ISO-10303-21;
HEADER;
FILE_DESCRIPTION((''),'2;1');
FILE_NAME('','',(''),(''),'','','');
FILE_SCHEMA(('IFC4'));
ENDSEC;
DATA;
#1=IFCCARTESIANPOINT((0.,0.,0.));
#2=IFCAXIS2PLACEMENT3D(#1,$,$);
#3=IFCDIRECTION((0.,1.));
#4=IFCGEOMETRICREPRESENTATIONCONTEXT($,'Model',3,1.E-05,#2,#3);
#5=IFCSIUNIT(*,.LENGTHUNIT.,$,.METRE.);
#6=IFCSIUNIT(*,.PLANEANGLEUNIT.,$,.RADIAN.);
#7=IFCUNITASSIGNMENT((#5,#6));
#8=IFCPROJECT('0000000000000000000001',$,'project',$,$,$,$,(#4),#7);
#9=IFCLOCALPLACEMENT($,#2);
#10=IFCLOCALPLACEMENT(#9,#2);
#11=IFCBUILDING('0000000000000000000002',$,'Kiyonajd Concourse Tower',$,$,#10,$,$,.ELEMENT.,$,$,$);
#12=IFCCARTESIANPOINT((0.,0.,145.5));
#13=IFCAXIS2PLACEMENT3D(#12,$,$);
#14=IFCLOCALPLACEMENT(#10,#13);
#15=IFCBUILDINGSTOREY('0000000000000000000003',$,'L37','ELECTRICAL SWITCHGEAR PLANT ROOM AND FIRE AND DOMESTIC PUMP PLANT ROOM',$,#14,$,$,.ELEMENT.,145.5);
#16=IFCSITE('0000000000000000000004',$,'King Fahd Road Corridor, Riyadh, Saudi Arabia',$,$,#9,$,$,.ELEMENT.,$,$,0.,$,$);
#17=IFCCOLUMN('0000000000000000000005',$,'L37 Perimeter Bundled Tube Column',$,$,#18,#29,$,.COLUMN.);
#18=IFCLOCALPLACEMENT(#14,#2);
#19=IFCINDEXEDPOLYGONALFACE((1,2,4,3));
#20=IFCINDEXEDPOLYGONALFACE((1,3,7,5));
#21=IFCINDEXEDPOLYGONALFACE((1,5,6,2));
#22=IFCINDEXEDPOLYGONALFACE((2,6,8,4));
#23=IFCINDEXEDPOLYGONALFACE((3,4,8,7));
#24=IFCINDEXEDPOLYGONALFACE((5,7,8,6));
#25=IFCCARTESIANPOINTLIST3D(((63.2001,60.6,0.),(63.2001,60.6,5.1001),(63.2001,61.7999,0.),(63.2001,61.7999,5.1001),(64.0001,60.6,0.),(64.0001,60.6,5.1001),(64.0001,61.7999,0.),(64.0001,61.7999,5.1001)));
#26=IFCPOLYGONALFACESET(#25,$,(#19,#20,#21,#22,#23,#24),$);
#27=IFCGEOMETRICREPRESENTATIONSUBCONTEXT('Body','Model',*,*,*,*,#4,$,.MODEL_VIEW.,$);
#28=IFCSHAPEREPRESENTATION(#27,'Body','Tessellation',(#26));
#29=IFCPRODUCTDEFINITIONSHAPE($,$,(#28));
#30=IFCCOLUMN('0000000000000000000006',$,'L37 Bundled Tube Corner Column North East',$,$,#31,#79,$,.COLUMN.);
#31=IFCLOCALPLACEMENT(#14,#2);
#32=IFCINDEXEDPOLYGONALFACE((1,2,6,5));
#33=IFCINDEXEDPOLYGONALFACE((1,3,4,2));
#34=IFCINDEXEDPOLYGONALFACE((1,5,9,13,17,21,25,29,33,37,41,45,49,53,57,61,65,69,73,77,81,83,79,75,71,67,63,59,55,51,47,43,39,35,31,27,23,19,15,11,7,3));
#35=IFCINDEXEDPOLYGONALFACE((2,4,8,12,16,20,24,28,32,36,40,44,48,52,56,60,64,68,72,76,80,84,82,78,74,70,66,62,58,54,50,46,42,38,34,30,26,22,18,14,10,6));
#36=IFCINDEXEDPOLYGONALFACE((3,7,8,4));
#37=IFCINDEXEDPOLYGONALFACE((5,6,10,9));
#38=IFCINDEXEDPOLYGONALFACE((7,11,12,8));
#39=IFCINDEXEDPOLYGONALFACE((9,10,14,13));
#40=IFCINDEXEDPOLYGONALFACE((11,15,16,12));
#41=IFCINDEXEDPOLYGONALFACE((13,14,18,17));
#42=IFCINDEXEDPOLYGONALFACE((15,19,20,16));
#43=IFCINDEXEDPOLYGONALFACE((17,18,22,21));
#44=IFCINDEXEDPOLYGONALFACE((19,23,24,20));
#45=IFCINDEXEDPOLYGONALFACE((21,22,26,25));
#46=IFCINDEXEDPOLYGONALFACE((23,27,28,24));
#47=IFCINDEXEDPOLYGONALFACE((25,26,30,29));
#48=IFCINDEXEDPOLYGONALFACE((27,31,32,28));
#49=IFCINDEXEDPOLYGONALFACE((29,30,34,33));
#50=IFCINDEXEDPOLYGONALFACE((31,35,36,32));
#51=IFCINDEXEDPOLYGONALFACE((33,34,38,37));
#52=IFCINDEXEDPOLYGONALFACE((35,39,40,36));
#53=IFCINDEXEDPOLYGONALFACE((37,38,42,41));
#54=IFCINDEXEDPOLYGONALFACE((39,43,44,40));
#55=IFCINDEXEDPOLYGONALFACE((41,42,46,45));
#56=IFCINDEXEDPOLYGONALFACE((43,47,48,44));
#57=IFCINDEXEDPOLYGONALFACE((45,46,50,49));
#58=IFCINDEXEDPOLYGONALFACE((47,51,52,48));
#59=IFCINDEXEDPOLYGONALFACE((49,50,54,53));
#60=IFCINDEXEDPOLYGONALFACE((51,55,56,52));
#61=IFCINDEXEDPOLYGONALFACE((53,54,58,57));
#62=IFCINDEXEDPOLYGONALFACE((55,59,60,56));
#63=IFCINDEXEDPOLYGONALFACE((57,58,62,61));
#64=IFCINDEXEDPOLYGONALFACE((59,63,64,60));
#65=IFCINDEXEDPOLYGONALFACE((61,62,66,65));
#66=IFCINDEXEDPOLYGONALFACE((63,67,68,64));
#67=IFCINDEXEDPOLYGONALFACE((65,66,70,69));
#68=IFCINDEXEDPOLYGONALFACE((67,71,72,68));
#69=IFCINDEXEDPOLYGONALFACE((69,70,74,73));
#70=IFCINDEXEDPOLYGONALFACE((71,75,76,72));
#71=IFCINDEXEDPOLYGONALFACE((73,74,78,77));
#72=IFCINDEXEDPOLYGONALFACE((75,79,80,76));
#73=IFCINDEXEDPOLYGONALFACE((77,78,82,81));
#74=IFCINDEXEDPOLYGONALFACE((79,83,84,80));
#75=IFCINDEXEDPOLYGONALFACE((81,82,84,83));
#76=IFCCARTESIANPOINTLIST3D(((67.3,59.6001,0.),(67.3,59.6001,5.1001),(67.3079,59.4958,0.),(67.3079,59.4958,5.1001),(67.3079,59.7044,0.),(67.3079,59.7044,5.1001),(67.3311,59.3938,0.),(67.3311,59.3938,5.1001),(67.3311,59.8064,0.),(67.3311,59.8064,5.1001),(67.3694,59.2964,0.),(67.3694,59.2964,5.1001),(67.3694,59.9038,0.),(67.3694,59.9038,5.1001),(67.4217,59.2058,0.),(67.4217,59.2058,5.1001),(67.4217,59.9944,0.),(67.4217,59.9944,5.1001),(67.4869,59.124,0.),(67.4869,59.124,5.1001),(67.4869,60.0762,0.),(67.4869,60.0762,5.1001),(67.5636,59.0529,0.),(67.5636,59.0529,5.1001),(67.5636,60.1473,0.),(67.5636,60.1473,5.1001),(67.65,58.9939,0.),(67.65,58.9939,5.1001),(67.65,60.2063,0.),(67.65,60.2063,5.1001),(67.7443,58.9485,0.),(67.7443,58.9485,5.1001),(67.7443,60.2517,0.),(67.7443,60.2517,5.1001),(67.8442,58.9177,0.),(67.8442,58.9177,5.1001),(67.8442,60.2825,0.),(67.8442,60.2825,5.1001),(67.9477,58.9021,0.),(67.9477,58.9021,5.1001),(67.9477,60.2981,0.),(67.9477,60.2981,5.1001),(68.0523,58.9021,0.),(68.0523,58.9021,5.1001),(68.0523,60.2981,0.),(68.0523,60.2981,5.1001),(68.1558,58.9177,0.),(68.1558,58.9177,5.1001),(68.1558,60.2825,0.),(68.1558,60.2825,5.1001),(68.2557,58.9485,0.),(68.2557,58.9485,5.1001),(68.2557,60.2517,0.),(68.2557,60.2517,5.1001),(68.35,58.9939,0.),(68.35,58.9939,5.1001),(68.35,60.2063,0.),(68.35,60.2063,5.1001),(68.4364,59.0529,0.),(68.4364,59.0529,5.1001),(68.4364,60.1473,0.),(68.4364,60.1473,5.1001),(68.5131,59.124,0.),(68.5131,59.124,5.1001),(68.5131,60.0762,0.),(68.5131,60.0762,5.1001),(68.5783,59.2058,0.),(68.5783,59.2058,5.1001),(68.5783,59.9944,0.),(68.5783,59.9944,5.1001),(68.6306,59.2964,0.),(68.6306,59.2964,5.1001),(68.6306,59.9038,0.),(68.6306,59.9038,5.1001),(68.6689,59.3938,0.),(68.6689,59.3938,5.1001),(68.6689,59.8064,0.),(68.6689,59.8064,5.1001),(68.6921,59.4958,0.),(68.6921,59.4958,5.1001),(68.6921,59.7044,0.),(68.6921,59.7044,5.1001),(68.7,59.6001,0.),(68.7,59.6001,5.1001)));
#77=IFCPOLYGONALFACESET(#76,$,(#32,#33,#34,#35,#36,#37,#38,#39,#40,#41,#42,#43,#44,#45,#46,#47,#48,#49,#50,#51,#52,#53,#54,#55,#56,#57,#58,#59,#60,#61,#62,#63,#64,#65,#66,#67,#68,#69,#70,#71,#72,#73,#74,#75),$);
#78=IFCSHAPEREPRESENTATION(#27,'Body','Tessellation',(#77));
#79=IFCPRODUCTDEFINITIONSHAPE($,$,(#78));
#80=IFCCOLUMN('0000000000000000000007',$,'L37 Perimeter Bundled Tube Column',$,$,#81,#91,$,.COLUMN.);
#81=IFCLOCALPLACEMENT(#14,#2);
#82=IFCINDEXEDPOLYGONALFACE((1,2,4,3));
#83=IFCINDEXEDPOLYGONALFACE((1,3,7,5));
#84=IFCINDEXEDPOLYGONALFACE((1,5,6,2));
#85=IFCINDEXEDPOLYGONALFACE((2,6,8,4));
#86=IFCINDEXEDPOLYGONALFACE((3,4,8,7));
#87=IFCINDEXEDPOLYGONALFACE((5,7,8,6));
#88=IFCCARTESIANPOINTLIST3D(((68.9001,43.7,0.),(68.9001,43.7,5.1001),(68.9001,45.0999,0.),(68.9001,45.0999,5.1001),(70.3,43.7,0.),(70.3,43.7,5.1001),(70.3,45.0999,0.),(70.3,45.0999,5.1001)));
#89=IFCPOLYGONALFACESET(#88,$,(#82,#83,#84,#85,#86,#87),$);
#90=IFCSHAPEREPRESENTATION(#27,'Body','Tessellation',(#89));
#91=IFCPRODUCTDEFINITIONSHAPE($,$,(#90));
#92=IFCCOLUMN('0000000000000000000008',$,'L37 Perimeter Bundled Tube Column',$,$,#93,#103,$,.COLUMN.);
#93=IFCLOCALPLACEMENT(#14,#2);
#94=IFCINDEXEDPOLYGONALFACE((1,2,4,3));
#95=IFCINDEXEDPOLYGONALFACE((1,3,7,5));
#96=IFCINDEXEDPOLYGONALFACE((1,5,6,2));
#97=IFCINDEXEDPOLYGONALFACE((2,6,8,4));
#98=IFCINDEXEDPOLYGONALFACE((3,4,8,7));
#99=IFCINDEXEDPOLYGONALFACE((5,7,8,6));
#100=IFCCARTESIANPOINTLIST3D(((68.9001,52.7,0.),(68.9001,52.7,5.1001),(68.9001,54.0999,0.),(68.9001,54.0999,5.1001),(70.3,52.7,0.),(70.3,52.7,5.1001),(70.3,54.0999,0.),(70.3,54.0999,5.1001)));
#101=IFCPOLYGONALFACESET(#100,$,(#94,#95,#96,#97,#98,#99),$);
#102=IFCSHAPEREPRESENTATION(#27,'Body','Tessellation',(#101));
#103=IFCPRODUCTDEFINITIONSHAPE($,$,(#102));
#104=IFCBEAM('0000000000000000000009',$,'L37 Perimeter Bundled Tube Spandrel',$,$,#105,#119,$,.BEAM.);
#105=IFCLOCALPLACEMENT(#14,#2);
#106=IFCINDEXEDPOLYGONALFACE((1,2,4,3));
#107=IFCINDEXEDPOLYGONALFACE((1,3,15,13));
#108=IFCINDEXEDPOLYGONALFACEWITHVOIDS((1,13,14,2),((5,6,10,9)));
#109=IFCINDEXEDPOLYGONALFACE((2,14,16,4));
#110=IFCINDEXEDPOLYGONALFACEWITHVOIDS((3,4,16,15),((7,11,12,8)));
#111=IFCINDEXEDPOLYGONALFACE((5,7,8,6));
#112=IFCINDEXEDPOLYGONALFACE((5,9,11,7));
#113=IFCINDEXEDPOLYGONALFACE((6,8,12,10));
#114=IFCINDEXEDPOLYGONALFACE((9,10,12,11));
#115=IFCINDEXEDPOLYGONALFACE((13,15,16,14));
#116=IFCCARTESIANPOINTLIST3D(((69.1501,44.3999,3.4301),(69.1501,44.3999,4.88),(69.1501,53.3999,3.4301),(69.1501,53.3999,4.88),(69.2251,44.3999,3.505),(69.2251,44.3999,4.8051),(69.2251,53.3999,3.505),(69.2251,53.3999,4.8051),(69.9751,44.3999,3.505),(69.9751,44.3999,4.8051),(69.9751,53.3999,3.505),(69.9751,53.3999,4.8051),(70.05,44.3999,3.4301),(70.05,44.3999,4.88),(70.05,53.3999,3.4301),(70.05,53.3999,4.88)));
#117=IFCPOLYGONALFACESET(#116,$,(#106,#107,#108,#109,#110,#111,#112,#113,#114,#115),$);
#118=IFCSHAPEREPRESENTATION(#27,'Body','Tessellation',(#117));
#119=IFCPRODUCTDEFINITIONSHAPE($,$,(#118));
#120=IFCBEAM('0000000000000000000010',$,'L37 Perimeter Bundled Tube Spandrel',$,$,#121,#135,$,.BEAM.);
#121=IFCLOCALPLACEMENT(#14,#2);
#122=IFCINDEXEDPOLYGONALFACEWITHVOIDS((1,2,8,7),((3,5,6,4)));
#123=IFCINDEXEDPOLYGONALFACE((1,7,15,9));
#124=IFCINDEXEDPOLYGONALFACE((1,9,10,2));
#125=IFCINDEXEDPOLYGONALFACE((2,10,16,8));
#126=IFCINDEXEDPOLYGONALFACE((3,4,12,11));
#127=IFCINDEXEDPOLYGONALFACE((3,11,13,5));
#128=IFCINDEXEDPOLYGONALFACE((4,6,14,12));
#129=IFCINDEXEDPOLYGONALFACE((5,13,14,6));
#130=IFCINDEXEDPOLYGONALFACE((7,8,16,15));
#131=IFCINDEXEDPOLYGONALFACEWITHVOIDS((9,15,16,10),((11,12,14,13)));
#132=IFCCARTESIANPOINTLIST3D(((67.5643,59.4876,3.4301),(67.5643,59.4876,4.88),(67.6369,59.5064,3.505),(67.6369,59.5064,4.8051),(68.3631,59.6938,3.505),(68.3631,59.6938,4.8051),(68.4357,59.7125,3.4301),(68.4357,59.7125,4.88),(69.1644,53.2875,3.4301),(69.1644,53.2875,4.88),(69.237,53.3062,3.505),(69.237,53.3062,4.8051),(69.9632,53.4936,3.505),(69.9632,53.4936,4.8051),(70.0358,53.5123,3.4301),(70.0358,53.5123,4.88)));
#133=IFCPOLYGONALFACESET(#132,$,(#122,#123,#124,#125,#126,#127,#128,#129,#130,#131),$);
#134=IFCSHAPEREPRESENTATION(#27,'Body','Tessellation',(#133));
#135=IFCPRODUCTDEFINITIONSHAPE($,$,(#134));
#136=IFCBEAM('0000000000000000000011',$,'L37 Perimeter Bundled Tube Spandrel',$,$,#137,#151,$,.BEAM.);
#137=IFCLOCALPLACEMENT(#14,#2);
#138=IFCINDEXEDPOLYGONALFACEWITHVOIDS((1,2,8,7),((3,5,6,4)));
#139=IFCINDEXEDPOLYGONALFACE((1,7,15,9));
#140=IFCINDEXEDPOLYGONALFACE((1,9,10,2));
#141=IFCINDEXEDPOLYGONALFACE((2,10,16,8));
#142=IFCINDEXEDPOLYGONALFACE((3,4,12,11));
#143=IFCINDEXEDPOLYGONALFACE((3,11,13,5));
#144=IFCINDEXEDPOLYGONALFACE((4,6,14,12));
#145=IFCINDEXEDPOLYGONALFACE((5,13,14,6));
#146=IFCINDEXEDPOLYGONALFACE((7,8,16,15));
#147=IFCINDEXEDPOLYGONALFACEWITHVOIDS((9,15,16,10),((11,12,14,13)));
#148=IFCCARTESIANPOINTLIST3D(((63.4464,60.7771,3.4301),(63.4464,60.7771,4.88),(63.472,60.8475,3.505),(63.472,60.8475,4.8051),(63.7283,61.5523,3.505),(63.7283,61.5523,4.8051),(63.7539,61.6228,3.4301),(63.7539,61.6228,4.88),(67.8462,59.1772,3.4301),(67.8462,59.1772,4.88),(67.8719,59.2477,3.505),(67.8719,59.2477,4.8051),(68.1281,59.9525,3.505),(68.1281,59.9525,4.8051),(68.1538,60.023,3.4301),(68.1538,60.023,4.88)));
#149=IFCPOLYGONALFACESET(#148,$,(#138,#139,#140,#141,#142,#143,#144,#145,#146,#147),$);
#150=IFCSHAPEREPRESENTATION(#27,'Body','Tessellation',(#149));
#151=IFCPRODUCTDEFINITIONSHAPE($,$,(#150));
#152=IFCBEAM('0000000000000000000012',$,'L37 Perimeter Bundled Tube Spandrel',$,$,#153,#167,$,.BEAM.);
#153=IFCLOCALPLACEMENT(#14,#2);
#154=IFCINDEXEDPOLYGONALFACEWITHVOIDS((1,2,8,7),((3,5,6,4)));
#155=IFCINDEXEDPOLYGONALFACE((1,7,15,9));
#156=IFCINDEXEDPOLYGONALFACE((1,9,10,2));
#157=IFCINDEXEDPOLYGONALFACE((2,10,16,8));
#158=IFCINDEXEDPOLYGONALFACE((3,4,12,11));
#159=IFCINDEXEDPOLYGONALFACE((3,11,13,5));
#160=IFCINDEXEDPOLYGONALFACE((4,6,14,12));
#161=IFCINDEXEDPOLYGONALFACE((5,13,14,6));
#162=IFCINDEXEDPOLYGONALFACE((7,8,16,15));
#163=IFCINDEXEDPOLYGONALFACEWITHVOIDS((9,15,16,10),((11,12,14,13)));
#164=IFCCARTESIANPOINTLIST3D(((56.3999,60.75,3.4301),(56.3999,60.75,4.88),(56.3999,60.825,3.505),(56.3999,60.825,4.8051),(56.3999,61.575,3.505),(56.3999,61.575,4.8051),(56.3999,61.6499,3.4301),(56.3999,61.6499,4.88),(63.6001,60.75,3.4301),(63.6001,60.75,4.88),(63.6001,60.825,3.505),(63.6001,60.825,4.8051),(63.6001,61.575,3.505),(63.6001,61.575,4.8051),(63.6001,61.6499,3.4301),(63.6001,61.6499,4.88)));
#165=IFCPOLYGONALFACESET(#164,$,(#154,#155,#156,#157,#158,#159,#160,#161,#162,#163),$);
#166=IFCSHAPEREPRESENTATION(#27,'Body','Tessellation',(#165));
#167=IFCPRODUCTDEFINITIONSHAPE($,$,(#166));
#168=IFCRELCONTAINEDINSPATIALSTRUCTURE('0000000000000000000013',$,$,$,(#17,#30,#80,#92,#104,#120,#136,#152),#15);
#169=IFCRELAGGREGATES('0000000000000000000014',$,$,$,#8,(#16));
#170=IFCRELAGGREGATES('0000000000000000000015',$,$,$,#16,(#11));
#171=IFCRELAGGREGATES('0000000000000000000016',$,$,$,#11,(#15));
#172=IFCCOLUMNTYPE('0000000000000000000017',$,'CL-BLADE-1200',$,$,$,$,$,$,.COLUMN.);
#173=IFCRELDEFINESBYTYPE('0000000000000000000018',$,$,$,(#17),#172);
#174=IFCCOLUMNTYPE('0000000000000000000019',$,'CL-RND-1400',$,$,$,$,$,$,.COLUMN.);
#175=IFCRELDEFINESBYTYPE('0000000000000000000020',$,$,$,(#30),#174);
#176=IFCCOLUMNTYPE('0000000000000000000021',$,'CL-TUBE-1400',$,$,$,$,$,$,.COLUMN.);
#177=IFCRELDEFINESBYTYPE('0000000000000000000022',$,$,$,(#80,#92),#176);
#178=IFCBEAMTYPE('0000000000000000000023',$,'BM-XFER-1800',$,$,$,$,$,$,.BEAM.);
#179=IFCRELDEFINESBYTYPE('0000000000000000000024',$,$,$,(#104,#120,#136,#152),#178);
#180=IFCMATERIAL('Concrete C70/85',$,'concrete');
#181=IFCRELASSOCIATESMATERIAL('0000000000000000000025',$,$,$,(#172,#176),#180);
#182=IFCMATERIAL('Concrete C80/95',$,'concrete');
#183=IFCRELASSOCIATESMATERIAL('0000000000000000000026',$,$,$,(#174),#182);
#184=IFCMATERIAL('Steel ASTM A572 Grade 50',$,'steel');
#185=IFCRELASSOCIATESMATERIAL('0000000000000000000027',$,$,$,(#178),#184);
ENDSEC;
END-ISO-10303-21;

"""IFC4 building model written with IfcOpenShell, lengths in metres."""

from ifc_helpers import new_model, si_unit, direction, frame, origin, origin_2d, place, context, subcontext, project, spatial, rectangle, hollow_rectangle, circle, extrude, material, material_profile, profile_set, type_object, element, save


model = new_model("IFC4")

# Units and contexts
model_context = context("Model", 3, precision=1e-05, world=origin(), true_north=direction((0.0, 1.0)))
body_context = subcontext(model_context, "Body", "Model", "MODEL_VIEW")
ifc_project = project(units=[si_unit("LENGTHUNIT", "METRE"), si_unit("PLANEANGLEUNIT", "RADIAN")], contexts=[model_context])

# Site, building, storey
site_placement = place(None, origin())
site = spatial("IfcSite", under=ifc_project, at=site_placement, Name="King Fahd Road Corridor, Riyadh, Saudi Arabia", CompositionType="ELEMENT", RefElevation=0.0)
building_placement = place(site_placement, origin())
building = spatial("IfcBuilding", under=site, at=building_placement, Name="Kiyonajd Concourse Tower", CompositionType="ELEMENT")
storey_placement = place(building_placement, frame((0.0, 0.0, 145.5)))
storey = spatial("IfcBuildingStorey", under=building, at=storey_placement, Name="L37", Description="ELECTRICAL SWITCHGEAR PLANT ROOM AND FIRE AND DOMESTIC PUMP PLANT ROOM", CompositionType="ELEMENT", Elevation=145.5)

# Columns
ifc_material_1 = material(Name="Concrete C70/85", Category="concrete")
ifc_material_profile_1 = material_profile(ifc_material_1, rectangle(XDim=0.8, YDim=1.2, at=origin_2d()), Name="RC-1200x800")
ifc_profile_set_1 = profile_set([ifc_material_profile_1], Name="Concrete C70/85")
column_type_1 = type_object("IfcColumnType", Name="CL-BLADE-1200", PredefinedType="COLUMN", material=ifc_profile_set_1)
column_1_placement = place(storey_placement, frame((63.6001, 61.2, 0.0), z_axis=(0.0, 0.0, 1.0), x_axis=(1.0, 0.0, 0.0)))
element("IfcColumn", 1, at=column_1_placement, inside=storey, type_object=column_type_1, Name="L37 Perimeter Bundled Tube Column", PredefinedType="COLUMN", context=body_context, shape_type="SweptSolid", body=[
    extrude(rectangle(XDim=0.8, YDim=1.2, at=origin_2d()), origin(), (0.0, 0.0, 1.0), 5.1001),
])
ifc_material_2 = material(Name="Concrete C80/95", Category="concrete")
ifc_material_profile_2 = material_profile(ifc_material_2, circle(Radius=0.7, at=origin_2d()), Name="RCC-D1400")
ifc_profile_set_2 = profile_set([ifc_material_profile_2], Name="Concrete C80/95")
column_type_2 = type_object("IfcColumnType", Name="CL-RND-1400", PredefinedType="COLUMN", material=ifc_profile_set_2)
column_2_placement = place(storey_placement, frame((68.0, 59.6001, 0.0), z_axis=(0.0, 0.0, 1.0), x_axis=(1.0, 0.0, 0.0)))
element("IfcColumn", 2, at=column_2_placement, inside=storey, type_object=column_type_2, Name="L37 Bundled Tube Corner Column North East", PredefinedType="COLUMN", context=body_context, shape_type="SweptSolid", body=[
    extrude(circle(Radius=0.7, at=origin_2d()), origin(), (0.0, 0.0, 1.0), 5.1001),
])
ifc_material_profile_3 = material_profile(ifc_material_1, rectangle(XDim=1.3999, YDim=1.3999, at=origin_2d()), Name="RC-1400x1400")
ifc_profile_set_3 = profile_set([ifc_material_profile_3], Name="Concrete C70/85")
column_type_3 = type_object("IfcColumnType", Name="CL-TUBE-1400", PredefinedType="COLUMN", material=ifc_profile_set_3)
for number, where, z_axis, x_axis, name in (
    (3, (69.6001, 44.3999, 0.0), (0.0, 0.0, 1.0), (1.0, 0.0, 0.0), "L37 Perimeter Bundled Tube Column"),
    (4, (69.6001, 53.3999, 0.0), (0.0, 0.0, 1.0), (1.0, 0.0, 0.0), "L37 Perimeter Bundled Tube Column"),
):
    element("IfcColumn", number, at=place(storey_placement, frame(where, z_axis=z_axis, x_axis=x_axis)), inside=storey, type_object=column_type_3, Name=name, PredefinedType="COLUMN", context=body_context, shape_type="SweptSolid", body=[
        extrude(rectangle(XDim=1.3999, YDim=1.3999, at=origin_2d()), origin(), (0.0, 0.0, 1.0), 5.1001),
    ])

# Beams
ifc_material_3 = material(Name="Steel ASTM A572 Grade 50", Category="steel")
ifc_material_profile_4 = material_profile(ifc_material_3, hollow_rectangle(XDim=0.8999, YDim=1.45, WallThickness=0.075, at=origin_2d()), Name="BOX-1450x900x75")
ifc_profile_set_4 = profile_set([ifc_material_profile_4], Name="Steel ASTM A572 Grade 50")
beam_type = type_object("IfcBeamType", Name="BM-XFER-1800", PredefinedType="BEAM", material=ifc_profile_set_4)
beam_1_placement = place(storey_placement, frame((69.6001, 44.3999, 4.155), z_axis=(0.0, 1.0, 0.0), x_axis=(-1.0, 0.0, 0.0)))
element("IfcBeam", 5, at=beam_1_placement, inside=storey, type_object=beam_type, Name="L37 Perimeter Bundled Tube Spandrel", PredefinedType="BEAM", context=body_context, shape_type="SweptSolid", body=[
    extrude(hollow_rectangle(XDim=0.8999, YDim=1.45, WallThickness=0.075, at=origin_2d()), origin(), (0.0, 0.0, 1.0), 9.0),
])
beam_2_placement = place(storey_placement, frame((69.6001, 53.3999, 4.155), z_axis=(-0.249885, 0.968276, 0.0), x_axis=(-0.968276, -0.249885, 0.0)))
element("IfcBeam", 6, at=beam_2_placement, inside=storey, type_object=beam_type, Name="L37 Perimeter Bundled Tube Spandrel", PredefinedType="BEAM", context=body_context, shape_type="SweptSolid", body=[
    extrude(hollow_rectangle(XDim=0.8999, YDim=1.45, WallThickness=0.075, at=origin_2d()), origin(), (0.0, 0.0, 1.0), 6.4033),
])
beam_3_placement = place(storey_placement, frame((68.0, 59.6001, 4.155), z_axis=(-0.939801, 0.341722, 0.0), x_axis=(-0.341722, -0.939801, 0.0)))
element("IfcBeam", 7, at=beam_3_placement, inside=storey, type_object=beam_type, Name="L37 Perimeter Bundled Tube Spandrel", PredefinedType="BEAM", context=body_context, shape_type="SweptSolid", body=[
    extrude(hollow_rectangle(XDim=0.8999, YDim=1.45, WallThickness=0.075, at=origin_2d()), origin(), (0.0, 0.0, 1.0), 4.6816),
])
beam_4_placement = place(storey_placement, frame((63.6001, 61.2, 4.155), z_axis=(-1.0, 0.0, 0.0), x_axis=(0.0, -1.0, 0.0)))
element("IfcBeam", 8, at=beam_4_placement, inside=storey, type_object=beam_type, Name="L37 Perimeter Bundled Tube Spandrel", PredefinedType="BEAM", context=body_context, shape_type="SweptSolid", body=[
    extrude(hollow_rectangle(XDim=0.8999, YDim=1.45, WallThickness=0.075, at=origin_2d()), origin(), (0.0, 0.0, 1.0), 7.2002),
])

save(model, "model.ifc")
